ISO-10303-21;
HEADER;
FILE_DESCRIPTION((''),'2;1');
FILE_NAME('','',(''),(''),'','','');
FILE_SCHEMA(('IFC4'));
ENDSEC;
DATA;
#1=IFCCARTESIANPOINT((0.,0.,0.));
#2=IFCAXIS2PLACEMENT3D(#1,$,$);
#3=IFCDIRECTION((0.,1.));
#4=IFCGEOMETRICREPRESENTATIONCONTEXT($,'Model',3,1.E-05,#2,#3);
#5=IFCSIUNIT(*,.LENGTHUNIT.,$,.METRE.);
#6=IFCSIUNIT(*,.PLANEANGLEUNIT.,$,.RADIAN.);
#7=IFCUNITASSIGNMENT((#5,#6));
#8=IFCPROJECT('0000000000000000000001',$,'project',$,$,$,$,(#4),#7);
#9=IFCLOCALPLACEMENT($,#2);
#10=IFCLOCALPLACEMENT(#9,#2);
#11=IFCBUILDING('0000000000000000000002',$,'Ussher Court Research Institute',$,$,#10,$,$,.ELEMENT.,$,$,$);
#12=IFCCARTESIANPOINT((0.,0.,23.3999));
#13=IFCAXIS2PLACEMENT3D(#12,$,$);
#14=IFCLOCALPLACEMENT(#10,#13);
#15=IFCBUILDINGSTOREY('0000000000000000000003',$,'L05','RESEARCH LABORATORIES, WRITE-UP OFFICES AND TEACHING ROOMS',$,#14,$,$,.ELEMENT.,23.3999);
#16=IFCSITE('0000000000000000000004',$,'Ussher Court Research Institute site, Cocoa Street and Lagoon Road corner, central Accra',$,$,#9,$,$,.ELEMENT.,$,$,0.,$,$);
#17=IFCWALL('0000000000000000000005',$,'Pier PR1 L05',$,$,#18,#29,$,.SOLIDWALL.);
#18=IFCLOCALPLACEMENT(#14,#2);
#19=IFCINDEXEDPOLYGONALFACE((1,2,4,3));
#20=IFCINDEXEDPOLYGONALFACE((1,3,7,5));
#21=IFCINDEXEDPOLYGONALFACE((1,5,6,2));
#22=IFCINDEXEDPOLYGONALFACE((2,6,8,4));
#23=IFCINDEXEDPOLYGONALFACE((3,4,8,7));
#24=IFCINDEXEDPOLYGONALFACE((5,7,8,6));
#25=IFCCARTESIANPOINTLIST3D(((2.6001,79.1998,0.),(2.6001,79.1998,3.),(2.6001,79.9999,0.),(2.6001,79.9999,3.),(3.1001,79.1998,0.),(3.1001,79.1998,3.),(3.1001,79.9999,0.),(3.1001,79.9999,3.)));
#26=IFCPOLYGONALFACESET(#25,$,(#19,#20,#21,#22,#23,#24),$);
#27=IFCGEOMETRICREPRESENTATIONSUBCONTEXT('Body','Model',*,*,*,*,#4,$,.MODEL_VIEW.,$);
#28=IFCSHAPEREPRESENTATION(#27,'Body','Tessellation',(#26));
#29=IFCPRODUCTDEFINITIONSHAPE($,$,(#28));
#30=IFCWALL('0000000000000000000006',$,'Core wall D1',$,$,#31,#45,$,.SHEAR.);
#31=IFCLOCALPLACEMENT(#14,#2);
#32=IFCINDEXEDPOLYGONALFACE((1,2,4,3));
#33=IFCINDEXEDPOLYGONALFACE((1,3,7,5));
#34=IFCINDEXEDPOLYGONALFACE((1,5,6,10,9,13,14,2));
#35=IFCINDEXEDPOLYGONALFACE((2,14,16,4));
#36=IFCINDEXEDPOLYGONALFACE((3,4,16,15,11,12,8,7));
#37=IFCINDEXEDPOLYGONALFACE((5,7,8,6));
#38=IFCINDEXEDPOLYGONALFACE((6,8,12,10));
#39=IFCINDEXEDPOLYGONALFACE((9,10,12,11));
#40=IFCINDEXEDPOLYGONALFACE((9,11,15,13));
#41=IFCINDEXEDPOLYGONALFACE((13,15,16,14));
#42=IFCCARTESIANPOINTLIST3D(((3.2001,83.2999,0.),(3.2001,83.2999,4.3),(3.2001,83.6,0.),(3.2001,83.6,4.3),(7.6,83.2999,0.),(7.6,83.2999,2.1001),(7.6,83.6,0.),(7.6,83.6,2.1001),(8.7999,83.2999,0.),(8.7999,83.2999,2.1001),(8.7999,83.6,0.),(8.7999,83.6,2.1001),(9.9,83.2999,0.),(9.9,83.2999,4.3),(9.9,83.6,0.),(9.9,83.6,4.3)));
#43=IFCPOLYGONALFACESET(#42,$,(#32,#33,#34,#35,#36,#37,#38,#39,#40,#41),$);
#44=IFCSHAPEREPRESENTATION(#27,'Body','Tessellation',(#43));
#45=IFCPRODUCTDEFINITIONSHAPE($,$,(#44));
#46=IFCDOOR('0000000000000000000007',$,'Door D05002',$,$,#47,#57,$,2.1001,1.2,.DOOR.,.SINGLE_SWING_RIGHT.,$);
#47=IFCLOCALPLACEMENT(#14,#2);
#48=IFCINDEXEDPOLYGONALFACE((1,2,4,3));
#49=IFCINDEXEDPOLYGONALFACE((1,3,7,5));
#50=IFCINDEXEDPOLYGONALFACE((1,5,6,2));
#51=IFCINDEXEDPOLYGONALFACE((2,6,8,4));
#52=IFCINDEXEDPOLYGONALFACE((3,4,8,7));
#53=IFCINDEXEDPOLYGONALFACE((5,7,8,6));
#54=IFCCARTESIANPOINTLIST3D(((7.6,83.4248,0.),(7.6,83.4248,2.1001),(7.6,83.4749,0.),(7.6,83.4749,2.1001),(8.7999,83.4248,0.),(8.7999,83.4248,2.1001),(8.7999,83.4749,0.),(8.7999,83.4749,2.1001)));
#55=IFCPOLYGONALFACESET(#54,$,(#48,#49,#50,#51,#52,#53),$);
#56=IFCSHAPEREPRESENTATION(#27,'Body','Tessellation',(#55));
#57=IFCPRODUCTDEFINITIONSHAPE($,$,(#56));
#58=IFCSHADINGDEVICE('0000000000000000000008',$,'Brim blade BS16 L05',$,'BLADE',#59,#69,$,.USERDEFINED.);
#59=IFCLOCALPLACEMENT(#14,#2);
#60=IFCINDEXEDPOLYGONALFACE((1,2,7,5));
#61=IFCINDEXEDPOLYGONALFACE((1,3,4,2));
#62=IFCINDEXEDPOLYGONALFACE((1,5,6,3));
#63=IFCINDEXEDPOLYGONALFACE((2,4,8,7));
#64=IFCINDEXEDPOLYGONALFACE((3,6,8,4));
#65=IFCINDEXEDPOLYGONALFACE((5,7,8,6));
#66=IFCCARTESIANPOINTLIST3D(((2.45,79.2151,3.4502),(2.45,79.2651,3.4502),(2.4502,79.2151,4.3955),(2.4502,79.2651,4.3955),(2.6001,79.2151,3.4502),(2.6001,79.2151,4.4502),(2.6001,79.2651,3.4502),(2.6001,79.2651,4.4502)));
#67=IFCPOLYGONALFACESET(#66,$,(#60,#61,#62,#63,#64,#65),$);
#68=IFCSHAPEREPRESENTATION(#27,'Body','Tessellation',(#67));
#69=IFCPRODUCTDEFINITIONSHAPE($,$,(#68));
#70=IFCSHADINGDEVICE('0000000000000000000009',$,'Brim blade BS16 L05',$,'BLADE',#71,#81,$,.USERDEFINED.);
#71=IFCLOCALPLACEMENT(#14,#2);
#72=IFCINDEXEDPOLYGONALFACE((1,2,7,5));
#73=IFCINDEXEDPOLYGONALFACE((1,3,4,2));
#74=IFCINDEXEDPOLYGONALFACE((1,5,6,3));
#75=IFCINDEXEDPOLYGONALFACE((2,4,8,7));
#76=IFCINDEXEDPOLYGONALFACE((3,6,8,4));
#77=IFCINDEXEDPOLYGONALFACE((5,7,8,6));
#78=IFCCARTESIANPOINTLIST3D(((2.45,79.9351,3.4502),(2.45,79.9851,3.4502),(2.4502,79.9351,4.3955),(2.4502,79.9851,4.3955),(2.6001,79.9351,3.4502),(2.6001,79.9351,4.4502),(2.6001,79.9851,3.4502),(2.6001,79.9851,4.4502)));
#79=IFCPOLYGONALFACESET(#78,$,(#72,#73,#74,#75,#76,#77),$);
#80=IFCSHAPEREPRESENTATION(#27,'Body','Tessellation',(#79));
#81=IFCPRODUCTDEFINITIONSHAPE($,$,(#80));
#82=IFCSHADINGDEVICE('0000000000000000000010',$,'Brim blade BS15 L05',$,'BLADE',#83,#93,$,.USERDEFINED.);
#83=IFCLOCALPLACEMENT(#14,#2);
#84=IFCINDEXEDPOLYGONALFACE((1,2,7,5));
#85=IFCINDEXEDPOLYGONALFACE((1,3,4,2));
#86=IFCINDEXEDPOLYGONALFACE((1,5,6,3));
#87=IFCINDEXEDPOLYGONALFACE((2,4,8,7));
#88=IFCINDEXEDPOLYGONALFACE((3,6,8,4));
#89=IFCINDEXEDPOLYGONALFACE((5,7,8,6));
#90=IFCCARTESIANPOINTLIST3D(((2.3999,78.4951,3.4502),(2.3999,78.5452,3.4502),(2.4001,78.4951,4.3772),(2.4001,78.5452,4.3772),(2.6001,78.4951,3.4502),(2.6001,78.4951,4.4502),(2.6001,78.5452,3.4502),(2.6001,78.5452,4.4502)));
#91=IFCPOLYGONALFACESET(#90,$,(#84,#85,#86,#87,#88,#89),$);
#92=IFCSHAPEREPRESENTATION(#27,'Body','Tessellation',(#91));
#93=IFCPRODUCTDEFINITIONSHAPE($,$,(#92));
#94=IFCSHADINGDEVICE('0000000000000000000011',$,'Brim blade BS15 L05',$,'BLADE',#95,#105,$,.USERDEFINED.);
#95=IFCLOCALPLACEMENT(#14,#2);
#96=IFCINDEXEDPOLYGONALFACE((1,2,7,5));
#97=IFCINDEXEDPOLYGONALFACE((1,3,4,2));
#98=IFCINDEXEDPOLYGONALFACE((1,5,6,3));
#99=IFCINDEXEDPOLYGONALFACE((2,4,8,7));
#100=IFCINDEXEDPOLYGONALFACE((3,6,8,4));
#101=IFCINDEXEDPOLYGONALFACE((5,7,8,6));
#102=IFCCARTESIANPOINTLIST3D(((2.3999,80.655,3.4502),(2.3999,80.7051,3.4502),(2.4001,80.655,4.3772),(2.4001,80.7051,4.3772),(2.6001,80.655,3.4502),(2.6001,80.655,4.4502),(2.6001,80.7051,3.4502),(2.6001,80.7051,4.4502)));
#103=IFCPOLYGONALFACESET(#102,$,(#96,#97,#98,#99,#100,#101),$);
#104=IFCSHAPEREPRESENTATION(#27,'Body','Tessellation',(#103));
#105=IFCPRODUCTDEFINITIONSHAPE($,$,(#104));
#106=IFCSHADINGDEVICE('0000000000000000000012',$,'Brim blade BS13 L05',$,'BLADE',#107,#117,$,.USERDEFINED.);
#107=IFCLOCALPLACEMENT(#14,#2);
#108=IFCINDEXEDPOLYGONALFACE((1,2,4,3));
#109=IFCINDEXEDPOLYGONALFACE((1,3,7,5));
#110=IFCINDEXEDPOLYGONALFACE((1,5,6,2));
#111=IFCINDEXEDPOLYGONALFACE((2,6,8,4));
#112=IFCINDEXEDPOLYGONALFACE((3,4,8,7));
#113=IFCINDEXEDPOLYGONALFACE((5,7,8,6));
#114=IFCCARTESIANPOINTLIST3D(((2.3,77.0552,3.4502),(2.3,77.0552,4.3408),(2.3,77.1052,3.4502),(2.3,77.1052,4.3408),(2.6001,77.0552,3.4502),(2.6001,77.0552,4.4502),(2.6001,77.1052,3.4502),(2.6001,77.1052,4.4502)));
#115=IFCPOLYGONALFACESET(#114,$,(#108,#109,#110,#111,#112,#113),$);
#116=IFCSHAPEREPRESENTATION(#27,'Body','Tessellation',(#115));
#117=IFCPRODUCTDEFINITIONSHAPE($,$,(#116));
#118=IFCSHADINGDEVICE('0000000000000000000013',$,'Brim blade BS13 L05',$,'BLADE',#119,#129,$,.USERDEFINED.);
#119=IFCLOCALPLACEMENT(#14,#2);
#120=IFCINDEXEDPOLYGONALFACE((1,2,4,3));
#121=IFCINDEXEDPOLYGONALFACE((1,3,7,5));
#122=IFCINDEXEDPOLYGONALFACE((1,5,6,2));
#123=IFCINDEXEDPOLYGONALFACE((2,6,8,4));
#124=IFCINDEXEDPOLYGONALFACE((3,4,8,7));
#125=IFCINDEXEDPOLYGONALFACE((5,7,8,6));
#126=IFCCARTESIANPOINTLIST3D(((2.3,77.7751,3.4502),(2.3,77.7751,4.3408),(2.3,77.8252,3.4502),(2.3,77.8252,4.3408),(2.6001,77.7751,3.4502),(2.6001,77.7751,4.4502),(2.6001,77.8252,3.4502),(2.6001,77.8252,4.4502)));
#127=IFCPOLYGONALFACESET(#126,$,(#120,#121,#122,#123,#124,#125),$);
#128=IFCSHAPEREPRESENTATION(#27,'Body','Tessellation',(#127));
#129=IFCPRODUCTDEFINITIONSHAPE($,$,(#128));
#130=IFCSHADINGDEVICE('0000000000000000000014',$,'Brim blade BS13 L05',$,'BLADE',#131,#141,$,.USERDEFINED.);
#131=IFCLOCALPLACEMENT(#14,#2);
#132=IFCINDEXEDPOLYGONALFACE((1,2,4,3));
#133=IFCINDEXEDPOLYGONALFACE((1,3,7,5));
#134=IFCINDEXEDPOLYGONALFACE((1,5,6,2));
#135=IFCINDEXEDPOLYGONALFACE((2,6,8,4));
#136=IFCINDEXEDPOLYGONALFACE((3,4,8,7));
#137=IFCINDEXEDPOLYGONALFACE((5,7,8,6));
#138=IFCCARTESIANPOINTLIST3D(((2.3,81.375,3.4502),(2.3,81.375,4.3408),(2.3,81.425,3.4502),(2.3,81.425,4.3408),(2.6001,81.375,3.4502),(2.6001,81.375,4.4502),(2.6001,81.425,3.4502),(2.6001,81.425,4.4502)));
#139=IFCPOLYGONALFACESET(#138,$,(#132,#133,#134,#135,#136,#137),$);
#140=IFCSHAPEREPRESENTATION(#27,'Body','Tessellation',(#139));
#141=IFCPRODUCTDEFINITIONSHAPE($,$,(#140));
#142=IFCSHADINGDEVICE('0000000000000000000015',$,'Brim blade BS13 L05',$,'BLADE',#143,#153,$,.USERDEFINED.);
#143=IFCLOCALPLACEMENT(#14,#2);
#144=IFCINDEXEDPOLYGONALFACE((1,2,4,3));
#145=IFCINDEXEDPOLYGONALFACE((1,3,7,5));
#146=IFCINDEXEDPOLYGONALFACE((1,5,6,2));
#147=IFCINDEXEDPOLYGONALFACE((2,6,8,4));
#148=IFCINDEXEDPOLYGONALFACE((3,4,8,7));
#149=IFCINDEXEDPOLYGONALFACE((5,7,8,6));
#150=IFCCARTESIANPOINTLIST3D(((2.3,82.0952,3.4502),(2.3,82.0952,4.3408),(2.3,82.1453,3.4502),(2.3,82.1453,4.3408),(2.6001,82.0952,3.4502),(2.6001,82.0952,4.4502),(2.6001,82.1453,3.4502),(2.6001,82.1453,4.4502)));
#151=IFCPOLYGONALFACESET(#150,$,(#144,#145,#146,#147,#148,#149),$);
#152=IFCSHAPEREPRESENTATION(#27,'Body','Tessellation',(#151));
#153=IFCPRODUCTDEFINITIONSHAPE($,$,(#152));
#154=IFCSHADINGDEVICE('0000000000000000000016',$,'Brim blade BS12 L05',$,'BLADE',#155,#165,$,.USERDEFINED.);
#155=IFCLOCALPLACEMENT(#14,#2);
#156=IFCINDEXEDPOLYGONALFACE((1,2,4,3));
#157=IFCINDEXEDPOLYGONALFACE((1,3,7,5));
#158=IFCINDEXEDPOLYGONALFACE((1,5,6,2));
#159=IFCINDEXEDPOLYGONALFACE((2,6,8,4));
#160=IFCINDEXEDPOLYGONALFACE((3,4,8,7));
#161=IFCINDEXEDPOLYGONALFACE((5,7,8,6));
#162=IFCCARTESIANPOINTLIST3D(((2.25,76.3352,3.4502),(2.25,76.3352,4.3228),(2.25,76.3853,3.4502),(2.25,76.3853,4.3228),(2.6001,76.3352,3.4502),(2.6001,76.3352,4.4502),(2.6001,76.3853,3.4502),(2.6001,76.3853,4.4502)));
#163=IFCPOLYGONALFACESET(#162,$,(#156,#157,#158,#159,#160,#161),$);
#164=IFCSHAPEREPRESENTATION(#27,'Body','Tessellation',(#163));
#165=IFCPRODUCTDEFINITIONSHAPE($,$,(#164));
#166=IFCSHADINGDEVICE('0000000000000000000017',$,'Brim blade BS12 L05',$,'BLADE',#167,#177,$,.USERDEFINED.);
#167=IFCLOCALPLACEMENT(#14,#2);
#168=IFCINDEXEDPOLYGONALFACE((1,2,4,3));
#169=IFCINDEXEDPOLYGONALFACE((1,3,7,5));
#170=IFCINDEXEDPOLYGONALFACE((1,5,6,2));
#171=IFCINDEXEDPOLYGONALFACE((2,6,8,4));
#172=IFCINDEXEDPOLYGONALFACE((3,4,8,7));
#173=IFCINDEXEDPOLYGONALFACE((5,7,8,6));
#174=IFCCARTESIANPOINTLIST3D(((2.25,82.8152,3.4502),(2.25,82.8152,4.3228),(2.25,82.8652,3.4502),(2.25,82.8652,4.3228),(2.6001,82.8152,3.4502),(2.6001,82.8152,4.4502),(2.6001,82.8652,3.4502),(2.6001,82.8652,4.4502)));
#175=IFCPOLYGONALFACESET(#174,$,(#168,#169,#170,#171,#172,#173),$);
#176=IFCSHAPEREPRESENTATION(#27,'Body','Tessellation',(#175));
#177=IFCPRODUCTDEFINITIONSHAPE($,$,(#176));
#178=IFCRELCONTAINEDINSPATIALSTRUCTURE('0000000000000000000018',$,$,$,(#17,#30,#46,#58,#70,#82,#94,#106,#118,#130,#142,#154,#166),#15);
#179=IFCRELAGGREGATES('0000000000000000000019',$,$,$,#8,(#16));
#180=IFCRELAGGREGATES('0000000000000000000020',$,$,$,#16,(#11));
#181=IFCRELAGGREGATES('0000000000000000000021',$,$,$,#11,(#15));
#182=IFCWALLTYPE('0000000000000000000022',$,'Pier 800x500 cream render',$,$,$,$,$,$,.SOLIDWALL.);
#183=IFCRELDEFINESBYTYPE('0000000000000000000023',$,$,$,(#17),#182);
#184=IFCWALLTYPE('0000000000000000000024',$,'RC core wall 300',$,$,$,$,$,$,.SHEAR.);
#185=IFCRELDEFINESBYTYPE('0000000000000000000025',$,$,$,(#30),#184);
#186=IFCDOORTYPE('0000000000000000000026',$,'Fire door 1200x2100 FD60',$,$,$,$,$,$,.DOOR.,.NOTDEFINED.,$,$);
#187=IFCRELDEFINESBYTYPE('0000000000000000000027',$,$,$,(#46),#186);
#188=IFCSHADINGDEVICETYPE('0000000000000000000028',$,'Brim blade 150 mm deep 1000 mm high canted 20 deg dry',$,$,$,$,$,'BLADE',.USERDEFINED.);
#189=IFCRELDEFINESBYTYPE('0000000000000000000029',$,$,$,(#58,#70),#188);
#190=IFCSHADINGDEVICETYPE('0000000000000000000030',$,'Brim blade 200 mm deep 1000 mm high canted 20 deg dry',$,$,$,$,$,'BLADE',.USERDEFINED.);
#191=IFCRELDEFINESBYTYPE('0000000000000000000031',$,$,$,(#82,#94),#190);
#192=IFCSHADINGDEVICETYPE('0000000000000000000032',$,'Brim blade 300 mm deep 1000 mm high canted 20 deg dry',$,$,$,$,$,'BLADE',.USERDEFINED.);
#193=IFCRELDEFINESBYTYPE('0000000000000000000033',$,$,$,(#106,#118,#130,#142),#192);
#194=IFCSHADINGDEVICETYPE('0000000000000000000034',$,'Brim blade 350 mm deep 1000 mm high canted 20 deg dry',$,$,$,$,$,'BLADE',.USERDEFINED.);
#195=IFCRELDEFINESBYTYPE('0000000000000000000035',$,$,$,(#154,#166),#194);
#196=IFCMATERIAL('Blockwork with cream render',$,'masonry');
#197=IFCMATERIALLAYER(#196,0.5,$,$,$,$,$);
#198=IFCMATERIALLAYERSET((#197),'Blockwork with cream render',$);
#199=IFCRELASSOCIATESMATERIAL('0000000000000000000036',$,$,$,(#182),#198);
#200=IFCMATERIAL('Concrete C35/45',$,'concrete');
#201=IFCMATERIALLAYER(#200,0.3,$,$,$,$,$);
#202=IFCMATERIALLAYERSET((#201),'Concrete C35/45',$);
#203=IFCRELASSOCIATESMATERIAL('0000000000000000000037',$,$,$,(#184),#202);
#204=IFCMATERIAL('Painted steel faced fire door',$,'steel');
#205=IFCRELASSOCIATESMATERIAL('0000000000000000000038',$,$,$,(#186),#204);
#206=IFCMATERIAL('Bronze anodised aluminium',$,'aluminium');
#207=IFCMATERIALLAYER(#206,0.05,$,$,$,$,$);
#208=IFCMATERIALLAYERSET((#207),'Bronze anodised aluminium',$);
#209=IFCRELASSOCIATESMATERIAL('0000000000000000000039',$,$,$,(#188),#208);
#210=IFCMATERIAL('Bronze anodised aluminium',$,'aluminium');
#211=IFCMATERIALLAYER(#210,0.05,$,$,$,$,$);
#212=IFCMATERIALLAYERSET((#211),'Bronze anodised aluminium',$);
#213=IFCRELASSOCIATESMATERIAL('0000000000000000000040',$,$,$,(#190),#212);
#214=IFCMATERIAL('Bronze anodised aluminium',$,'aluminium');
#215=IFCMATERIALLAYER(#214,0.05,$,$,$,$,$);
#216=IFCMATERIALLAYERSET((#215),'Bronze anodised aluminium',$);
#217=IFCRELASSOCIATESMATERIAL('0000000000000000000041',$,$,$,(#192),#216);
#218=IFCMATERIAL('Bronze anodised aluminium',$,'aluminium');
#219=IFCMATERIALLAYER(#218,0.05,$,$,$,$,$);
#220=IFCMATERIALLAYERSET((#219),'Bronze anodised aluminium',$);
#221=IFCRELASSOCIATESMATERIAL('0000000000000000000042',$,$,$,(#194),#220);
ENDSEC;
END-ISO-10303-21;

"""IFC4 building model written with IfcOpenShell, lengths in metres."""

from ifc_helpers import new_model, si_unit, direction, frame, frame_2d, origin, place, context, subcontext, project, spatial, polyline, rectangle, outline, extrude, material, layer, layer_set, type_object, element, fill, save


model = new_model("IFC4")

# Units and contexts
model_context = context("Model", 3, precision=1e-05, world=origin(), true_north=direction((0.0, 1.0)))
body_context = subcontext(model_context, "Body", "Model", "MODEL_VIEW")
ifc_project = project(units=[si_unit("LENGTHUNIT", "METRE"), si_unit("PLANEANGLEUNIT", "RADIAN")], contexts=[model_context])

# Site, building, storey
site_placement = place(None, origin())
site = spatial("IfcSite", under=ifc_project, at=site_placement, Name="Ussher Court Research Institute site, Cocoa Street and Lagoon Road corner, central Accra", CompositionType="ELEMENT", RefElevation=0.0)
building_placement = place(site_placement, origin())
building = spatial("IfcBuilding", under=site, at=building_placement, Name="Ussher Court Research Institute", CompositionType="ELEMENT")
storey_placement = place(building_placement, frame((0.0, 0.0, 23.3999)))
storey = spatial("IfcBuildingStorey", under=building, at=storey_placement, Name="L05", Description="RESEARCH LABORATORIES, WRITE-UP OFFICES AND TEACHING ROOMS", CompositionType="ELEMENT", Elevation=23.3999)

# Wall
ifc_material_1 = material(Name="Blockwork with cream render", Category="masonry")
ifc_layer_1 = layer(ifc_material_1, 0.5)
ifc_layer_set_1 = layer_set([ifc_layer_1], Name="Blockwork with cream render")
wall_type_1 = type_object("IfcWallType", Name="Pier 800x500 cream render", PredefinedType="SOLIDWALL", material=ifc_layer_set_1)
wall_1_placement = place(storey_placement, frame((2.8501, 79.2, 0.0), z_axis=(0.0, 0.0, 1.0), x_axis=(0.0, 1.0, 0.0)))
element("IfcWall", 1, at=wall_1_placement, inside=storey, type_object=wall_type_1, Name="Pier PR1 L05", PredefinedType="SOLIDWALL", context=body_context, shape_type="SweptSolid", body=[
    extrude(rectangle(XDim=0.8, YDim=0.5, at=frame_2d((0.3999, 0.0))), origin(), (0.0, 0.0, 1.0), 3.0),
])

# Wall, opening, door
ifc_material_2 = material(Name="Concrete C35/45", Category="concrete")
ifc_layer_2 = layer(ifc_material_2, 0.3)
ifc_layer_set_2 = layer_set([ifc_layer_2], Name="Concrete C35/45")
wall_type_2 = type_object("IfcWallType", Name="RC core wall 300", PredefinedType="SHEAR", material=ifc_layer_set_2)
wall_2_placement = place(storey_placement, frame((3.2, 83.45, 0.0), z_axis=(0.0, 0.0, 1.0), x_axis=(1.0, 0.0, 0.0)))
wall_2 = element("IfcWall", 2, at=wall_2_placement, inside=storey, type_object=wall_type_2, Name="Core wall D1", PredefinedType="SHEAR", context=body_context, shape_type="SweptSolid", body=[
    extrude(rectangle(XDim=6.7, YDim=0.3, at=frame_2d((3.3501, 0.0))), origin(), (0.0, 0.0, 1.0), 4.3),
])
opening_1_placement = place(wall_2_placement, frame((4.3999, 0.0, 0.0)))
opening_1 = element("IfcOpeningElement", 3, at=opening_1_placement, cuts=wall_2, PredefinedType="OPENING", context=body_context, shape_type="SweptSolid", body=[
    extrude(rectangle(XDim=1.2, YDim=2.1001, at=frame_2d((0.6001, 1.05))), frame((0.0, 0.1602, 0.0), z_axis=(0.0, -1.0, 0.0), x_axis=(1.0, 0.0, 0.0)), (0.0, 0.0, 1.0), 0.3201),
])
ifc_material_3 = material(Name="Painted steel faced fire door", Category="steel")
door_type = type_object("IfcDoorType", Name="Fire door 1200x2100 FD60", OperationType="NOTDEFINED", PredefinedType="DOOR", material=ifc_material_3)
door_placement = place(opening_1_placement, origin())
door = element("IfcDoor", 4, at=door_placement, inside=storey, type_object=door_type, Name="Door D05002", OperationType="SINGLE_SWING_RIGHT", OverallHeight=2.1001, OverallWidth=1.2, PredefinedType="DOOR", context=body_context, shape_type="SweptSolid", body=[
    extrude(rectangle(XDim=1.2, YDim=2.1001, at=frame_2d((0.6001, 1.05))), frame((0.0, 0.0249, 0.0), z_axis=(0.0, -1.0, 0.0), x_axis=(1.0, 0.0, 0.0)), (0.0, 0.0, 1.0), 0.05),
])
fill(opening_1, door)

# Shading devices
ifc_material_4 = material(Name="Bronze anodised aluminium", Category="aluminium")
ifc_layer_3 = layer(ifc_material_4, 0.05)
ifc_layer_set_3 = layer_set([ifc_layer_3], Name="Bronze anodised aluminium")
shading_device_type_1 = type_object("IfcShadingDeviceType", Name="Brim blade 150 mm deep 1000 mm high canted 20 deg dry", ElementType="BLADE", PredefinedType="USERDEFINED", material=ifc_layer_set_3)
for number, where, z_axis, x_axis, name in (
    (5, (2.6001, 79.24, 3.4502), (0.0, 0.0, 1.0), (-1.0, 0.0, 0.0), "Brim blade BS16 L05"),
    (6, (2.6001, 79.96, 3.4502), (0.0, 0.0, 1.0), (-1.0, 0.0, 0.0), "Brim blade BS16 L05"),
):
    element("IfcShadingDevice", number, at=place(storey_placement, frame(where, z_axis=z_axis, x_axis=x_axis)), inside=storey, type_object=shading_device_type_1, Name=name, ObjectType="BLADE", PredefinedType="USERDEFINED", context=body_context, shape_type="SweptSolid", body=[
        extrude(outline(polyline([(0.0, 0.0), (0.1501, 0.0), (0.1499, 0.9453), (0.0, 1.0), (0.0, 0.0)])), frame((0.0, 0.0249, 0.0), z_axis=(0.0, -1.0, 0.0), x_axis=(1.0, 0.0, 0.0)), (0.0, 0.0, 1.0), 0.05),
    ])
ifc_material_5 = material(Name="Bronze anodised aluminium", Category="aluminium")
ifc_layer_4 = layer(ifc_material_5, 0.05)
ifc_layer_set_4 = layer_set([ifc_layer_4], Name="Bronze anodised aluminium")
shading_device_type_2 = type_object("IfcShadingDeviceType", Name="Brim blade 200 mm deep 1000 mm high canted 20 deg dry", ElementType="BLADE", PredefinedType="USERDEFINED", material=ifc_layer_set_4)
for number, where, z_axis, x_axis, name in (
    (7, (2.6001, 78.52, 3.4502), (0.0, 0.0, 1.0), (-1.0, 0.0, 0.0), "Brim blade BS15 L05"),
    (8, (2.6001, 80.6799, 3.4502), (0.0, 0.0, 1.0), (-1.0, 0.0, 0.0), "Brim blade BS15 L05"),
):
    element("IfcShadingDevice", number, at=place(storey_placement, frame(where, z_axis=z_axis, x_axis=x_axis)), inside=storey, type_object=shading_device_type_2, Name=name, ObjectType="BLADE", PredefinedType="USERDEFINED", context=body_context, shape_type="SweptSolid", body=[
        extrude(outline(polyline([(0.0, 0.0), (0.2002, 0.0), (0.2, 0.927), (0.0, 1.0), (0.0, 0.0)])), frame((0.0, 0.0249, 0.0), z_axis=(0.0, -1.0, 0.0), x_axis=(1.0, 0.0, 0.0)), (0.0, 0.0, 1.0), 0.05),
    ])
ifc_material_6 = material(Name="Bronze anodised aluminium", Category="aluminium")
ifc_layer_5 = layer(ifc_material_6, 0.05)
ifc_layer_set_5 = layer_set([ifc_layer_5], Name="Bronze anodised aluminium")
shading_device_type_3 = type_object("IfcShadingDeviceType", Name="Brim blade 300 mm deep 1000 mm high canted 20 deg dry", ElementType="BLADE", PredefinedType="USERDEFINED", material=ifc_layer_set_5)
for number, where, z_axis, x_axis, name in (
    (9, (2.6001, 77.0801, 3.4502), (0.0, 0.0, 1.0), (-1.0, 0.0, 0.0), "Brim blade BS13 L05"),
    (10, (2.6001, 77.8, 3.4502), (0.0, 0.0, 1.0), (-1.0, 0.0, 0.0), "Brim blade BS13 L05"),
    (11, (2.6001, 81.3999, 3.4502), (0.0, 0.0, 1.0), (-1.0, 0.0, 0.0), "Brim blade BS13 L05"),
    (12, (2.6001, 82.1201, 3.4502), (0.0, 0.0, 1.0), (-1.0, 0.0, 0.0), "Brim blade BS13 L05"),
):
    element("IfcShadingDevice", number, at=place(storey_placement, frame(where, z_axis=z_axis, x_axis=x_axis)), inside=storey, type_object=shading_device_type_3, Name=name, ObjectType="BLADE", PredefinedType="USERDEFINED", context=body_context, shape_type="SweptSolid", body=[
        extrude(outline(polyline([(0.0, 0.0), (0.3, 0.0), (0.3, 0.8906), (0.0, 1.0), (0.0, 0.0)])), frame((0.0, 0.0249, 0.0), z_axis=(0.0, -1.0, 0.0), x_axis=(1.0, 0.0, 0.0)), (0.0, 0.0, 1.0), 0.05),
    ])
ifc_material_7 = material(Name="Bronze anodised aluminium", Category="aluminium")
ifc_layer_6 = layer(ifc_material_7, 0.05)
ifc_layer_set_6 = layer_set([ifc_layer_6], Name="Bronze anodised aluminium")
shading_device_type_4 = type_object("IfcShadingDeviceType", Name="Brim blade 350 mm deep 1000 mm high canted 20 deg dry", ElementType="BLADE", PredefinedType="USERDEFINED", material=ifc_layer_set_6)
for number, where, z_axis, x_axis, name in (
    (13, (2.6001, 76.3601, 3.4502), (0.0, 0.0, 1.0), (-1.0, 0.0, 0.0), "Brim blade BS12 L05"),
    (14, (2.6001, 82.8401, 3.4502), (0.0, 0.0, 1.0), (-1.0, 0.0, 0.0), "Brim blade BS12 L05"),
):
    element("IfcShadingDevice", number, at=place(storey_placement, frame(where, z_axis=z_axis, x_axis=x_axis)), inside=storey, type_object=shading_device_type_4, Name=name, ObjectType="BLADE", PredefinedType="USERDEFINED", context=body_context, shape_type="SweptSolid", body=[
        extrude(outline(polyline([(0.0, 0.0), (0.3501, 0.0), (0.3501, 0.8726), (0.0, 1.0), (0.0, 0.0)])), frame((0.0, 0.0249, 0.0), z_axis=(0.0, -1.0, 0.0), x_axis=(1.0, 0.0, 0.0)), (0.0, 0.0, 1.0), 0.05),
    ])

save(model, "model.ifc")
